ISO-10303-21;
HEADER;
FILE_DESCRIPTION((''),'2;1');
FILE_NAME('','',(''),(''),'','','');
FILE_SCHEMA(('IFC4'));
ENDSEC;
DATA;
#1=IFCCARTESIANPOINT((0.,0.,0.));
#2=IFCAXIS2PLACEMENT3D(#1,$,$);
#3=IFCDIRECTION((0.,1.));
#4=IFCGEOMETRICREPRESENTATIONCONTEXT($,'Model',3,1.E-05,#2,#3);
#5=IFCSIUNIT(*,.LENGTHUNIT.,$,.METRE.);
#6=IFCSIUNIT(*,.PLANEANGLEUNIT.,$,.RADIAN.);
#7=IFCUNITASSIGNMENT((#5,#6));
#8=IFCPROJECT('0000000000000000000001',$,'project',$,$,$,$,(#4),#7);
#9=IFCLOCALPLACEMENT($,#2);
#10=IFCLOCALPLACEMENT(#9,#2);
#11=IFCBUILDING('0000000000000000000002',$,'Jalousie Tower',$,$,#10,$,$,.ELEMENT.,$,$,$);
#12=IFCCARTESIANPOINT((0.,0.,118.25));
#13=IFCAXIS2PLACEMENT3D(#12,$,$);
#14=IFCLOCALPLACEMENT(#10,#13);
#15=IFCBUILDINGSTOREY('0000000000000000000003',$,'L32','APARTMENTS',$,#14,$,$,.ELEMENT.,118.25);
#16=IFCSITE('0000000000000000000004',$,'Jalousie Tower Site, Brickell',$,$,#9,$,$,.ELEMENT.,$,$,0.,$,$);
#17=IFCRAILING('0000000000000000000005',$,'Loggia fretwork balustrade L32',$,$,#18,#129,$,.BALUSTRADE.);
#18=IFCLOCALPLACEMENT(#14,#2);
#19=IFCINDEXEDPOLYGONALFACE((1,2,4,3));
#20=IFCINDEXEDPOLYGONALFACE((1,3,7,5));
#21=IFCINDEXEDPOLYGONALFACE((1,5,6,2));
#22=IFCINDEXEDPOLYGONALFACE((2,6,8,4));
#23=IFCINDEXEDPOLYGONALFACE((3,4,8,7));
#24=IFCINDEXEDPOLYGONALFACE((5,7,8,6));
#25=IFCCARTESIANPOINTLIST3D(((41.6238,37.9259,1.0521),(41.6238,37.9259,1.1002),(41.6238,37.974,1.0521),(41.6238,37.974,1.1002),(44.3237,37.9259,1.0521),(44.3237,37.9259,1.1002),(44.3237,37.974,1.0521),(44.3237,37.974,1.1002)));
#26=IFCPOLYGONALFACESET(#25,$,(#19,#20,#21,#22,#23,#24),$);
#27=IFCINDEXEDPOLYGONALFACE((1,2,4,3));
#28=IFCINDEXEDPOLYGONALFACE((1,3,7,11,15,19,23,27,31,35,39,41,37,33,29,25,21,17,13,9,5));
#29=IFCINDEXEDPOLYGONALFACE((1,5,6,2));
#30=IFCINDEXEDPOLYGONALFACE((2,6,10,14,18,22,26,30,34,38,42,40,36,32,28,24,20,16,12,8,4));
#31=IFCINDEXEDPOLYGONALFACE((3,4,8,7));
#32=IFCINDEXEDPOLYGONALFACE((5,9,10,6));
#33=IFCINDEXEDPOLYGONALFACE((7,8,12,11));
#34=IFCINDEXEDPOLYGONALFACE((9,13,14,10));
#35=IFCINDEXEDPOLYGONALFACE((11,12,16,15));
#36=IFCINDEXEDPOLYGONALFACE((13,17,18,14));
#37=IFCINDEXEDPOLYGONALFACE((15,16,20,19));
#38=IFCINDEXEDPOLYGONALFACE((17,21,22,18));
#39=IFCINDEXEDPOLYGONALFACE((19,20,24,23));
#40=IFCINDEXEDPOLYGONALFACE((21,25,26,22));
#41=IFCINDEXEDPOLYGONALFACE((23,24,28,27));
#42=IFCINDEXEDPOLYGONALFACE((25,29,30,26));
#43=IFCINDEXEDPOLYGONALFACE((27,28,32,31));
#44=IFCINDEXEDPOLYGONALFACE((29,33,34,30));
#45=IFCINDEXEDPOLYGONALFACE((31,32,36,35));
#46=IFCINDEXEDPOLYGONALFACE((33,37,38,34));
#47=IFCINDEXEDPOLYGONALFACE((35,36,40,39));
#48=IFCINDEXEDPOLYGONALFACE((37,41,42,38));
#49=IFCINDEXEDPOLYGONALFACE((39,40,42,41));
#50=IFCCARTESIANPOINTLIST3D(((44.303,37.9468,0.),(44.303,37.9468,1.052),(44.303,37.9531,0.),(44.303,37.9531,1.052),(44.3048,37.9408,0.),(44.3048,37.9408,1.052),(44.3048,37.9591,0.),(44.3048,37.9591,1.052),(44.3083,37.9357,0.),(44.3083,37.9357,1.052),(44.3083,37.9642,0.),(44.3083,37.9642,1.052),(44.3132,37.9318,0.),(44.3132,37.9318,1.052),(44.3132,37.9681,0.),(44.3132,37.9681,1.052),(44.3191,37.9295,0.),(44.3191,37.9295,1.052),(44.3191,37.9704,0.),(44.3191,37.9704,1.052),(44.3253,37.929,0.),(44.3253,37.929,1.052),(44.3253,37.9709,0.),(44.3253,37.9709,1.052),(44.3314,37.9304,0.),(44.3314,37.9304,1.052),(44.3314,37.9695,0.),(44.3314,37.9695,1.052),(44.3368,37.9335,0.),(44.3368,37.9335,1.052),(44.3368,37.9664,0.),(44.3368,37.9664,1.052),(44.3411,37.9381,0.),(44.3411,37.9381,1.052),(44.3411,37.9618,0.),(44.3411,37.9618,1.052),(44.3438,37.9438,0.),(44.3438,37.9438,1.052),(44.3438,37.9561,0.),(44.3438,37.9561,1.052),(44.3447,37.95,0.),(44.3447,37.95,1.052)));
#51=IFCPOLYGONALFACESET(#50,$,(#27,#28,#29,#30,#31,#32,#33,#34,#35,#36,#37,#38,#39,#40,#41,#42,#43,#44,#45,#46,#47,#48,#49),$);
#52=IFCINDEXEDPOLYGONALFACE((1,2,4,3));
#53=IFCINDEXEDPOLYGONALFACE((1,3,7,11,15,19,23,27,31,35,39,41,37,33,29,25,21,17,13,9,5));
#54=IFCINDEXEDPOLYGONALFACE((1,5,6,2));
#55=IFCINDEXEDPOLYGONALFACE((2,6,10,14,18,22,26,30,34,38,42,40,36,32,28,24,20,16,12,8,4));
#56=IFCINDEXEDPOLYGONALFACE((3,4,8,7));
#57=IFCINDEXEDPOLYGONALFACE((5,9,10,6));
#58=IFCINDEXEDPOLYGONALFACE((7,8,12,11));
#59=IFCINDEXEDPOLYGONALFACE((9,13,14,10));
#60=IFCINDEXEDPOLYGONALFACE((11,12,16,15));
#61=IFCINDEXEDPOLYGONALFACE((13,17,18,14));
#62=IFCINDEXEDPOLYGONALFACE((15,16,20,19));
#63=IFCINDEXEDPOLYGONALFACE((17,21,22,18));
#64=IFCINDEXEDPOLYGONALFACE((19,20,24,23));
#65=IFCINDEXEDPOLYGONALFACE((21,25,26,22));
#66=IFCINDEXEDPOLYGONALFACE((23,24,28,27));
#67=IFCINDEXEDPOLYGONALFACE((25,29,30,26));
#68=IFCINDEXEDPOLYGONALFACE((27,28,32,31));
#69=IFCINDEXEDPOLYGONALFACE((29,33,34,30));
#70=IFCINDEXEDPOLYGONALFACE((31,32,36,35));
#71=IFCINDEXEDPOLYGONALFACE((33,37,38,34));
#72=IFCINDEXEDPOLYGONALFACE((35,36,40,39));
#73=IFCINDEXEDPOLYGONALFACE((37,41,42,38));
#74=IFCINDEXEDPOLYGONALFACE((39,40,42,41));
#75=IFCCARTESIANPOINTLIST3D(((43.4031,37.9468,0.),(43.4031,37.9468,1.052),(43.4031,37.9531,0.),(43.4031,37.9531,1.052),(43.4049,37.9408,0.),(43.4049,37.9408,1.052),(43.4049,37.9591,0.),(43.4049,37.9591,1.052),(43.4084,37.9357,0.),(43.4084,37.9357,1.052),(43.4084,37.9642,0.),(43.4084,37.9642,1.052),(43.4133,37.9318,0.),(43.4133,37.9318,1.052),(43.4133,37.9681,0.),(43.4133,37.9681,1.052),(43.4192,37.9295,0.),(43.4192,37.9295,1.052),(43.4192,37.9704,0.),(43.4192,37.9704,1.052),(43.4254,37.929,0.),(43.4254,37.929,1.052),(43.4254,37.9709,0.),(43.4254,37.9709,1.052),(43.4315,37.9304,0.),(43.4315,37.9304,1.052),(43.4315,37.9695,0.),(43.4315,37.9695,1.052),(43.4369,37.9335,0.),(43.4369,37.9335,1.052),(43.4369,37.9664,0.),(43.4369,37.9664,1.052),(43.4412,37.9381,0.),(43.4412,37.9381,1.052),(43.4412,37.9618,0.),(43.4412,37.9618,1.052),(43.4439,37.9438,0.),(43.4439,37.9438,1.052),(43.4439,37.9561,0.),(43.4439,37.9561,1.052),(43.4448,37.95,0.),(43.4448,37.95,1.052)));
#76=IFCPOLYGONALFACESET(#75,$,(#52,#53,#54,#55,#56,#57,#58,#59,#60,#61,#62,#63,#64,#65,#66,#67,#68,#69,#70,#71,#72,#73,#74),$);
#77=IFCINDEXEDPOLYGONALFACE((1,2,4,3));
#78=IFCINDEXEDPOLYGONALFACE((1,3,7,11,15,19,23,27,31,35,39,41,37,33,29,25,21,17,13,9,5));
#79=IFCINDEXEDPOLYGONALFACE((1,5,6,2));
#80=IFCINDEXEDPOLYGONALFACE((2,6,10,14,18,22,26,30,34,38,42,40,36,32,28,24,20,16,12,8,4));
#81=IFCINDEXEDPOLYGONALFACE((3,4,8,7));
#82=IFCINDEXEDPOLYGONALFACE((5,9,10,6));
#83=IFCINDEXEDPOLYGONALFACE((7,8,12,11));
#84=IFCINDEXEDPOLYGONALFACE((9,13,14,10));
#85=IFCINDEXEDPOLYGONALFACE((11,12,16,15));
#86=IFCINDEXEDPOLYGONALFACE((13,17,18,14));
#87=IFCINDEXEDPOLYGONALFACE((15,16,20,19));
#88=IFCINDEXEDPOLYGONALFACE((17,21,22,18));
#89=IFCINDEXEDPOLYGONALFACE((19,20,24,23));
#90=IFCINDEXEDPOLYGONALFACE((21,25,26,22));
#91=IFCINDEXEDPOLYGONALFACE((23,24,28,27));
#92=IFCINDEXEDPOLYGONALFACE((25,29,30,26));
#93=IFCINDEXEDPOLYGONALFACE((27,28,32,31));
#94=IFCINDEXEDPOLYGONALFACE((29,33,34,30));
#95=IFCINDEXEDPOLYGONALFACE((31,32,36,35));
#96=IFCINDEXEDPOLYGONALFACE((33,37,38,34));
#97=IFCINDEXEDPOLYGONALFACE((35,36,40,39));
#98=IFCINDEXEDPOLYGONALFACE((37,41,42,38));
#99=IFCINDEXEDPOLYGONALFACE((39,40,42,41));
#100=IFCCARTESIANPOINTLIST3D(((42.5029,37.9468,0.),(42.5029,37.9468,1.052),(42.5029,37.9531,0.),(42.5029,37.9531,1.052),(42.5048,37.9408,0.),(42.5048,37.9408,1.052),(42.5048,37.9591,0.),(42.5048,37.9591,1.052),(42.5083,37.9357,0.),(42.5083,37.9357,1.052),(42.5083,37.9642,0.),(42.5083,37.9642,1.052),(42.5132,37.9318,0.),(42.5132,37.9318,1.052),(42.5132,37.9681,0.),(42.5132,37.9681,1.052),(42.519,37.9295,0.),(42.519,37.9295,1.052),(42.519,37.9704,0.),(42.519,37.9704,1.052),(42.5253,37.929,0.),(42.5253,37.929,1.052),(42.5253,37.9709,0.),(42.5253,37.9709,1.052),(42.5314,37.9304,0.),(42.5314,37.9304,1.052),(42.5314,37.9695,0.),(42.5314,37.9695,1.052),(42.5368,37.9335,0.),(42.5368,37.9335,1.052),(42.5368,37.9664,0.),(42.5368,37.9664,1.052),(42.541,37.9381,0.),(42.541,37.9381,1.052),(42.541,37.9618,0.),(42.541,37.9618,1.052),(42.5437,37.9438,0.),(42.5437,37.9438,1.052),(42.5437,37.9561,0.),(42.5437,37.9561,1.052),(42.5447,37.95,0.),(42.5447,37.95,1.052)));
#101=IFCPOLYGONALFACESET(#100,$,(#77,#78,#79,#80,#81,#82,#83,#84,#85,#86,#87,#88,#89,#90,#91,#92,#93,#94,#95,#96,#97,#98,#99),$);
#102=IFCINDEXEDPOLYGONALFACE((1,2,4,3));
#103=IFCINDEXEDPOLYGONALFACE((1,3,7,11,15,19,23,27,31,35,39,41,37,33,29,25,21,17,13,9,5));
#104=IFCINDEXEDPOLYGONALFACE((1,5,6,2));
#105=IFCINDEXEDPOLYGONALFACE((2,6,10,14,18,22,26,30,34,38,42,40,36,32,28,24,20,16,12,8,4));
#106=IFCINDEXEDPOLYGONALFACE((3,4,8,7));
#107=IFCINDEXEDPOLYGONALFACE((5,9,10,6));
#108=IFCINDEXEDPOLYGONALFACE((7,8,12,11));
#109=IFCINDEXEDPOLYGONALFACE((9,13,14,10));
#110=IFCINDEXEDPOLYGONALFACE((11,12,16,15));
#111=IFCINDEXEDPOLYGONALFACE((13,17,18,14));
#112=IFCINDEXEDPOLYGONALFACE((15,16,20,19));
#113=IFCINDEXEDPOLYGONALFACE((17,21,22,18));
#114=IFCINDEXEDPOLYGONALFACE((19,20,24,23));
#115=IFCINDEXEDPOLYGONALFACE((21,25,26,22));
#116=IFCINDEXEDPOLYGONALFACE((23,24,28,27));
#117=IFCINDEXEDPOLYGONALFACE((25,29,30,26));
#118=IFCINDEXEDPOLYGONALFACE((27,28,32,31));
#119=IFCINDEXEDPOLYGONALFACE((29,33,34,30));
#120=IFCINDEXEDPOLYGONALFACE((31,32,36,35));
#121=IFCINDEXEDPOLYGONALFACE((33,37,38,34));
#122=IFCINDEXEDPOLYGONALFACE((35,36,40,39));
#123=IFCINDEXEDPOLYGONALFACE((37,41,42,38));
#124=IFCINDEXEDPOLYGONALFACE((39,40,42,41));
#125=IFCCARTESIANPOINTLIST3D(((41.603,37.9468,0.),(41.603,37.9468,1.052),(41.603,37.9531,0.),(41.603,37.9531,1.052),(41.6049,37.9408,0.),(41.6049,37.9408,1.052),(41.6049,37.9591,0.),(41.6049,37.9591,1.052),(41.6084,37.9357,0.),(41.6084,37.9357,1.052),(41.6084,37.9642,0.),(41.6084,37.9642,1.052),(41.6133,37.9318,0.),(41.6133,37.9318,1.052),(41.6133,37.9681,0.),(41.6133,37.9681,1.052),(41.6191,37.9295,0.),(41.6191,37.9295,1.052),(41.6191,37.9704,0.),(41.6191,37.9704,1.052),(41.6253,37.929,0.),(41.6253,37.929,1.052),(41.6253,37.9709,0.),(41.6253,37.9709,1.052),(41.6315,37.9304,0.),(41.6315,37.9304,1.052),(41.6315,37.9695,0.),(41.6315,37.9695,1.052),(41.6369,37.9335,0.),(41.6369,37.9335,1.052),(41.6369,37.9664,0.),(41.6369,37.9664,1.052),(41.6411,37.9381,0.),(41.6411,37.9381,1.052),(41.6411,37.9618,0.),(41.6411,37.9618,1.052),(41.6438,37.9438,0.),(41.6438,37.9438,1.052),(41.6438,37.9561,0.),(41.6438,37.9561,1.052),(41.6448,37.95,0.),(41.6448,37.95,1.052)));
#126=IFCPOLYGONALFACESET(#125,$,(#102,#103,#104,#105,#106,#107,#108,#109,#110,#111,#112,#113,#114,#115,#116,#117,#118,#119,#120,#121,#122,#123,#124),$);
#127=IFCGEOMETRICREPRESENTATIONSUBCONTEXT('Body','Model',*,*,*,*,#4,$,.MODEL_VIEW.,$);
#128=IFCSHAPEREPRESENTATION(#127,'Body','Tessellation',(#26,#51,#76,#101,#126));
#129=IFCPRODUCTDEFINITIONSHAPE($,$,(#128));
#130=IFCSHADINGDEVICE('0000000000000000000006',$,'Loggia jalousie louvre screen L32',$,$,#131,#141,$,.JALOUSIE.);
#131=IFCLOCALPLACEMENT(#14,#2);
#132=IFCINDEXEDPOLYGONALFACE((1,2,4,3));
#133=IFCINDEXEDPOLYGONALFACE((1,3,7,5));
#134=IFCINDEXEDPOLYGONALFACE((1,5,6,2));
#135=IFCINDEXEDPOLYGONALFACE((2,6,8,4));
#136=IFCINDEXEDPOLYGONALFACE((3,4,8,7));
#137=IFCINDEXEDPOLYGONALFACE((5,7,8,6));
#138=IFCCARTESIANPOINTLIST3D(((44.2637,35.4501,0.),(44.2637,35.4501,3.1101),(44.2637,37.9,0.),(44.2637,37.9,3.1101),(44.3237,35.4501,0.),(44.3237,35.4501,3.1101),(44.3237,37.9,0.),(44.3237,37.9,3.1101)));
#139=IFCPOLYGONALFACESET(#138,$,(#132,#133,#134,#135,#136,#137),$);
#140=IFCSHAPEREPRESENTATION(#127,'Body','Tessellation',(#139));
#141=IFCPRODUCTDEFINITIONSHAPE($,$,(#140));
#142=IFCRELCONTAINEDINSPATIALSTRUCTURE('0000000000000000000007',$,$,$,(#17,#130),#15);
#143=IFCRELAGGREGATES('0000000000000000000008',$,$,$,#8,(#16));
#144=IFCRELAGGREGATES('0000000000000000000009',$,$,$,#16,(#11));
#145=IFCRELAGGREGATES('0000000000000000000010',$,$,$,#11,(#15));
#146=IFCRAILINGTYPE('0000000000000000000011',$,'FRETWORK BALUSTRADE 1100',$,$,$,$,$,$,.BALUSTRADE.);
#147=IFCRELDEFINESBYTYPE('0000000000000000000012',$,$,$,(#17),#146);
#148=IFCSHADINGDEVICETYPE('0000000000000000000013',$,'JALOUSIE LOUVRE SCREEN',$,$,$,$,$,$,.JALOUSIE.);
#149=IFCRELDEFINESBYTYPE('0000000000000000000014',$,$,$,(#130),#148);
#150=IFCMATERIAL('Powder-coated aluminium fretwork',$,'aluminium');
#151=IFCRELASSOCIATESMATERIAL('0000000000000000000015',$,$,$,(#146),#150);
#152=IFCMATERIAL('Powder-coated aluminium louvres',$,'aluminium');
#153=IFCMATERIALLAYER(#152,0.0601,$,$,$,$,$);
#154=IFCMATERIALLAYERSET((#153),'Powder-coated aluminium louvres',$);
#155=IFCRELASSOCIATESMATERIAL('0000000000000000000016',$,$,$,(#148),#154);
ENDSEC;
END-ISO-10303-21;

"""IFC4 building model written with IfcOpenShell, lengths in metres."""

from ifc_helpers import new_model, si_unit, direction, frame, origin, origin_2d, place, context, subcontext, project, spatial, rectangle, circle, extrude, material, layer, layer_set, type_object, element, save


model = new_model("IFC4")

# Units and contexts
model_context = context("Model", 3, precision=1e-05, world=origin(), true_north=direction((0.0, 1.0)))
body_context = subcontext(model_context, "Body", "Model", "MODEL_VIEW")
ifc_project = project(units=[si_unit("LENGTHUNIT", "METRE"), si_unit("PLANEANGLEUNIT", "RADIAN")], contexts=[model_context])

# Site, building, storey
site_placement = place(None, origin())
site = spatial("IfcSite", under=ifc_project, at=site_placement, Name="Jalousie Tower Site, Brickell", CompositionType="ELEMENT", RefElevation=0.0)
building_placement = place(site_placement, origin())
building = spatial("IfcBuilding", under=site, at=building_placement, Name="Jalousie Tower", CompositionType="ELEMENT")
storey_placement = place(building_placement, frame((0.0, 0.0, 118.25)))
storey = spatial("IfcBuildingStorey", under=building, at=storey_placement, Name="L32", Description="APARTMENTS", CompositionType="ELEMENT", Elevation=118.25)

# Railing
ifc_material_1 = material(Name="Powder-coated aluminium fretwork", Category="aluminium")
railing_type = type_object("IfcRailingType", Name="FRETWORK BALUSTRADE 1100", PredefinedType="BALUSTRADE", material=ifc_material_1)
railing_placement = place(storey_placement, frame((44.3237, 37.95, 0.0)))
element("IfcRailing", 1, at=railing_placement, inside=storey, type_object=railing_type, Name="Loggia fretwork balustrade L32", PredefinedType="BALUSTRADE", context=body_context, shape_type="SweptSolid", body=[
    extrude(rectangle(XDim=0.0481, YDim=0.0481, at=origin_2d()), frame((0.0, 0.0, 1.0762), z_axis=(-1.0, 0.0, 0.0), x_axis=(0.0, -1.0, 0.0)), (0.0, 0.0, 1.0), 2.7),
    extrude(circle(Radius=0.021, at=origin_2d()), origin(), (0.0, 0.0, 1.0), 1.052),
    extrude(circle(Radius=0.021, at=origin_2d()), frame((-0.8999, 0.0, 0.0)), (0.0, 0.0, 1.0), 1.052),
    extrude(circle(Radius=0.021, at=origin_2d()), frame((-1.8, 0.0, 0.0)), (0.0, 0.0, 1.0), 1.052),
    extrude(circle(Radius=0.021, at=origin_2d()), frame((-2.7, 0.0, 0.0)), (0.0, 0.0, 1.0), 1.052),
])

# Shading device
ifc_material_2 = material(Name="Powder-coated aluminium louvres", Category="aluminium")
ifc_layer_1 = layer(ifc_material_2, 0.0601)
ifc_layer_set_1 = layer_set([ifc_layer_1], Name="Powder-coated aluminium louvres")
shading_device_type_1 = type_object("IfcShadingDeviceType", Name="JALOUSIE LOUVRE SCREEN", PredefinedType="JALOUSIE", material=ifc_layer_set_1)
shading_device_placement = place(storey_placement, frame((44.2937, 36.675, 0.0), z_axis=(0.0, 0.0, 1.0), x_axis=(-1.0, 0.0, 0.0)))
element("IfcShadingDevice", 2, at=shading_device_placement, inside=storey, type_object=shading_device_type_1, Name="Loggia jalousie louvre screen L32", PredefinedType="JALOUSIE", context=body_context, shape_type="SweptSolid", body=[
    extrude(rectangle(XDim=0.0601, YDim=2.45, at=origin_2d()), origin(), (0.0, 0.0, 1.0), 3.1101),
])

save(model, "model.ifc")
